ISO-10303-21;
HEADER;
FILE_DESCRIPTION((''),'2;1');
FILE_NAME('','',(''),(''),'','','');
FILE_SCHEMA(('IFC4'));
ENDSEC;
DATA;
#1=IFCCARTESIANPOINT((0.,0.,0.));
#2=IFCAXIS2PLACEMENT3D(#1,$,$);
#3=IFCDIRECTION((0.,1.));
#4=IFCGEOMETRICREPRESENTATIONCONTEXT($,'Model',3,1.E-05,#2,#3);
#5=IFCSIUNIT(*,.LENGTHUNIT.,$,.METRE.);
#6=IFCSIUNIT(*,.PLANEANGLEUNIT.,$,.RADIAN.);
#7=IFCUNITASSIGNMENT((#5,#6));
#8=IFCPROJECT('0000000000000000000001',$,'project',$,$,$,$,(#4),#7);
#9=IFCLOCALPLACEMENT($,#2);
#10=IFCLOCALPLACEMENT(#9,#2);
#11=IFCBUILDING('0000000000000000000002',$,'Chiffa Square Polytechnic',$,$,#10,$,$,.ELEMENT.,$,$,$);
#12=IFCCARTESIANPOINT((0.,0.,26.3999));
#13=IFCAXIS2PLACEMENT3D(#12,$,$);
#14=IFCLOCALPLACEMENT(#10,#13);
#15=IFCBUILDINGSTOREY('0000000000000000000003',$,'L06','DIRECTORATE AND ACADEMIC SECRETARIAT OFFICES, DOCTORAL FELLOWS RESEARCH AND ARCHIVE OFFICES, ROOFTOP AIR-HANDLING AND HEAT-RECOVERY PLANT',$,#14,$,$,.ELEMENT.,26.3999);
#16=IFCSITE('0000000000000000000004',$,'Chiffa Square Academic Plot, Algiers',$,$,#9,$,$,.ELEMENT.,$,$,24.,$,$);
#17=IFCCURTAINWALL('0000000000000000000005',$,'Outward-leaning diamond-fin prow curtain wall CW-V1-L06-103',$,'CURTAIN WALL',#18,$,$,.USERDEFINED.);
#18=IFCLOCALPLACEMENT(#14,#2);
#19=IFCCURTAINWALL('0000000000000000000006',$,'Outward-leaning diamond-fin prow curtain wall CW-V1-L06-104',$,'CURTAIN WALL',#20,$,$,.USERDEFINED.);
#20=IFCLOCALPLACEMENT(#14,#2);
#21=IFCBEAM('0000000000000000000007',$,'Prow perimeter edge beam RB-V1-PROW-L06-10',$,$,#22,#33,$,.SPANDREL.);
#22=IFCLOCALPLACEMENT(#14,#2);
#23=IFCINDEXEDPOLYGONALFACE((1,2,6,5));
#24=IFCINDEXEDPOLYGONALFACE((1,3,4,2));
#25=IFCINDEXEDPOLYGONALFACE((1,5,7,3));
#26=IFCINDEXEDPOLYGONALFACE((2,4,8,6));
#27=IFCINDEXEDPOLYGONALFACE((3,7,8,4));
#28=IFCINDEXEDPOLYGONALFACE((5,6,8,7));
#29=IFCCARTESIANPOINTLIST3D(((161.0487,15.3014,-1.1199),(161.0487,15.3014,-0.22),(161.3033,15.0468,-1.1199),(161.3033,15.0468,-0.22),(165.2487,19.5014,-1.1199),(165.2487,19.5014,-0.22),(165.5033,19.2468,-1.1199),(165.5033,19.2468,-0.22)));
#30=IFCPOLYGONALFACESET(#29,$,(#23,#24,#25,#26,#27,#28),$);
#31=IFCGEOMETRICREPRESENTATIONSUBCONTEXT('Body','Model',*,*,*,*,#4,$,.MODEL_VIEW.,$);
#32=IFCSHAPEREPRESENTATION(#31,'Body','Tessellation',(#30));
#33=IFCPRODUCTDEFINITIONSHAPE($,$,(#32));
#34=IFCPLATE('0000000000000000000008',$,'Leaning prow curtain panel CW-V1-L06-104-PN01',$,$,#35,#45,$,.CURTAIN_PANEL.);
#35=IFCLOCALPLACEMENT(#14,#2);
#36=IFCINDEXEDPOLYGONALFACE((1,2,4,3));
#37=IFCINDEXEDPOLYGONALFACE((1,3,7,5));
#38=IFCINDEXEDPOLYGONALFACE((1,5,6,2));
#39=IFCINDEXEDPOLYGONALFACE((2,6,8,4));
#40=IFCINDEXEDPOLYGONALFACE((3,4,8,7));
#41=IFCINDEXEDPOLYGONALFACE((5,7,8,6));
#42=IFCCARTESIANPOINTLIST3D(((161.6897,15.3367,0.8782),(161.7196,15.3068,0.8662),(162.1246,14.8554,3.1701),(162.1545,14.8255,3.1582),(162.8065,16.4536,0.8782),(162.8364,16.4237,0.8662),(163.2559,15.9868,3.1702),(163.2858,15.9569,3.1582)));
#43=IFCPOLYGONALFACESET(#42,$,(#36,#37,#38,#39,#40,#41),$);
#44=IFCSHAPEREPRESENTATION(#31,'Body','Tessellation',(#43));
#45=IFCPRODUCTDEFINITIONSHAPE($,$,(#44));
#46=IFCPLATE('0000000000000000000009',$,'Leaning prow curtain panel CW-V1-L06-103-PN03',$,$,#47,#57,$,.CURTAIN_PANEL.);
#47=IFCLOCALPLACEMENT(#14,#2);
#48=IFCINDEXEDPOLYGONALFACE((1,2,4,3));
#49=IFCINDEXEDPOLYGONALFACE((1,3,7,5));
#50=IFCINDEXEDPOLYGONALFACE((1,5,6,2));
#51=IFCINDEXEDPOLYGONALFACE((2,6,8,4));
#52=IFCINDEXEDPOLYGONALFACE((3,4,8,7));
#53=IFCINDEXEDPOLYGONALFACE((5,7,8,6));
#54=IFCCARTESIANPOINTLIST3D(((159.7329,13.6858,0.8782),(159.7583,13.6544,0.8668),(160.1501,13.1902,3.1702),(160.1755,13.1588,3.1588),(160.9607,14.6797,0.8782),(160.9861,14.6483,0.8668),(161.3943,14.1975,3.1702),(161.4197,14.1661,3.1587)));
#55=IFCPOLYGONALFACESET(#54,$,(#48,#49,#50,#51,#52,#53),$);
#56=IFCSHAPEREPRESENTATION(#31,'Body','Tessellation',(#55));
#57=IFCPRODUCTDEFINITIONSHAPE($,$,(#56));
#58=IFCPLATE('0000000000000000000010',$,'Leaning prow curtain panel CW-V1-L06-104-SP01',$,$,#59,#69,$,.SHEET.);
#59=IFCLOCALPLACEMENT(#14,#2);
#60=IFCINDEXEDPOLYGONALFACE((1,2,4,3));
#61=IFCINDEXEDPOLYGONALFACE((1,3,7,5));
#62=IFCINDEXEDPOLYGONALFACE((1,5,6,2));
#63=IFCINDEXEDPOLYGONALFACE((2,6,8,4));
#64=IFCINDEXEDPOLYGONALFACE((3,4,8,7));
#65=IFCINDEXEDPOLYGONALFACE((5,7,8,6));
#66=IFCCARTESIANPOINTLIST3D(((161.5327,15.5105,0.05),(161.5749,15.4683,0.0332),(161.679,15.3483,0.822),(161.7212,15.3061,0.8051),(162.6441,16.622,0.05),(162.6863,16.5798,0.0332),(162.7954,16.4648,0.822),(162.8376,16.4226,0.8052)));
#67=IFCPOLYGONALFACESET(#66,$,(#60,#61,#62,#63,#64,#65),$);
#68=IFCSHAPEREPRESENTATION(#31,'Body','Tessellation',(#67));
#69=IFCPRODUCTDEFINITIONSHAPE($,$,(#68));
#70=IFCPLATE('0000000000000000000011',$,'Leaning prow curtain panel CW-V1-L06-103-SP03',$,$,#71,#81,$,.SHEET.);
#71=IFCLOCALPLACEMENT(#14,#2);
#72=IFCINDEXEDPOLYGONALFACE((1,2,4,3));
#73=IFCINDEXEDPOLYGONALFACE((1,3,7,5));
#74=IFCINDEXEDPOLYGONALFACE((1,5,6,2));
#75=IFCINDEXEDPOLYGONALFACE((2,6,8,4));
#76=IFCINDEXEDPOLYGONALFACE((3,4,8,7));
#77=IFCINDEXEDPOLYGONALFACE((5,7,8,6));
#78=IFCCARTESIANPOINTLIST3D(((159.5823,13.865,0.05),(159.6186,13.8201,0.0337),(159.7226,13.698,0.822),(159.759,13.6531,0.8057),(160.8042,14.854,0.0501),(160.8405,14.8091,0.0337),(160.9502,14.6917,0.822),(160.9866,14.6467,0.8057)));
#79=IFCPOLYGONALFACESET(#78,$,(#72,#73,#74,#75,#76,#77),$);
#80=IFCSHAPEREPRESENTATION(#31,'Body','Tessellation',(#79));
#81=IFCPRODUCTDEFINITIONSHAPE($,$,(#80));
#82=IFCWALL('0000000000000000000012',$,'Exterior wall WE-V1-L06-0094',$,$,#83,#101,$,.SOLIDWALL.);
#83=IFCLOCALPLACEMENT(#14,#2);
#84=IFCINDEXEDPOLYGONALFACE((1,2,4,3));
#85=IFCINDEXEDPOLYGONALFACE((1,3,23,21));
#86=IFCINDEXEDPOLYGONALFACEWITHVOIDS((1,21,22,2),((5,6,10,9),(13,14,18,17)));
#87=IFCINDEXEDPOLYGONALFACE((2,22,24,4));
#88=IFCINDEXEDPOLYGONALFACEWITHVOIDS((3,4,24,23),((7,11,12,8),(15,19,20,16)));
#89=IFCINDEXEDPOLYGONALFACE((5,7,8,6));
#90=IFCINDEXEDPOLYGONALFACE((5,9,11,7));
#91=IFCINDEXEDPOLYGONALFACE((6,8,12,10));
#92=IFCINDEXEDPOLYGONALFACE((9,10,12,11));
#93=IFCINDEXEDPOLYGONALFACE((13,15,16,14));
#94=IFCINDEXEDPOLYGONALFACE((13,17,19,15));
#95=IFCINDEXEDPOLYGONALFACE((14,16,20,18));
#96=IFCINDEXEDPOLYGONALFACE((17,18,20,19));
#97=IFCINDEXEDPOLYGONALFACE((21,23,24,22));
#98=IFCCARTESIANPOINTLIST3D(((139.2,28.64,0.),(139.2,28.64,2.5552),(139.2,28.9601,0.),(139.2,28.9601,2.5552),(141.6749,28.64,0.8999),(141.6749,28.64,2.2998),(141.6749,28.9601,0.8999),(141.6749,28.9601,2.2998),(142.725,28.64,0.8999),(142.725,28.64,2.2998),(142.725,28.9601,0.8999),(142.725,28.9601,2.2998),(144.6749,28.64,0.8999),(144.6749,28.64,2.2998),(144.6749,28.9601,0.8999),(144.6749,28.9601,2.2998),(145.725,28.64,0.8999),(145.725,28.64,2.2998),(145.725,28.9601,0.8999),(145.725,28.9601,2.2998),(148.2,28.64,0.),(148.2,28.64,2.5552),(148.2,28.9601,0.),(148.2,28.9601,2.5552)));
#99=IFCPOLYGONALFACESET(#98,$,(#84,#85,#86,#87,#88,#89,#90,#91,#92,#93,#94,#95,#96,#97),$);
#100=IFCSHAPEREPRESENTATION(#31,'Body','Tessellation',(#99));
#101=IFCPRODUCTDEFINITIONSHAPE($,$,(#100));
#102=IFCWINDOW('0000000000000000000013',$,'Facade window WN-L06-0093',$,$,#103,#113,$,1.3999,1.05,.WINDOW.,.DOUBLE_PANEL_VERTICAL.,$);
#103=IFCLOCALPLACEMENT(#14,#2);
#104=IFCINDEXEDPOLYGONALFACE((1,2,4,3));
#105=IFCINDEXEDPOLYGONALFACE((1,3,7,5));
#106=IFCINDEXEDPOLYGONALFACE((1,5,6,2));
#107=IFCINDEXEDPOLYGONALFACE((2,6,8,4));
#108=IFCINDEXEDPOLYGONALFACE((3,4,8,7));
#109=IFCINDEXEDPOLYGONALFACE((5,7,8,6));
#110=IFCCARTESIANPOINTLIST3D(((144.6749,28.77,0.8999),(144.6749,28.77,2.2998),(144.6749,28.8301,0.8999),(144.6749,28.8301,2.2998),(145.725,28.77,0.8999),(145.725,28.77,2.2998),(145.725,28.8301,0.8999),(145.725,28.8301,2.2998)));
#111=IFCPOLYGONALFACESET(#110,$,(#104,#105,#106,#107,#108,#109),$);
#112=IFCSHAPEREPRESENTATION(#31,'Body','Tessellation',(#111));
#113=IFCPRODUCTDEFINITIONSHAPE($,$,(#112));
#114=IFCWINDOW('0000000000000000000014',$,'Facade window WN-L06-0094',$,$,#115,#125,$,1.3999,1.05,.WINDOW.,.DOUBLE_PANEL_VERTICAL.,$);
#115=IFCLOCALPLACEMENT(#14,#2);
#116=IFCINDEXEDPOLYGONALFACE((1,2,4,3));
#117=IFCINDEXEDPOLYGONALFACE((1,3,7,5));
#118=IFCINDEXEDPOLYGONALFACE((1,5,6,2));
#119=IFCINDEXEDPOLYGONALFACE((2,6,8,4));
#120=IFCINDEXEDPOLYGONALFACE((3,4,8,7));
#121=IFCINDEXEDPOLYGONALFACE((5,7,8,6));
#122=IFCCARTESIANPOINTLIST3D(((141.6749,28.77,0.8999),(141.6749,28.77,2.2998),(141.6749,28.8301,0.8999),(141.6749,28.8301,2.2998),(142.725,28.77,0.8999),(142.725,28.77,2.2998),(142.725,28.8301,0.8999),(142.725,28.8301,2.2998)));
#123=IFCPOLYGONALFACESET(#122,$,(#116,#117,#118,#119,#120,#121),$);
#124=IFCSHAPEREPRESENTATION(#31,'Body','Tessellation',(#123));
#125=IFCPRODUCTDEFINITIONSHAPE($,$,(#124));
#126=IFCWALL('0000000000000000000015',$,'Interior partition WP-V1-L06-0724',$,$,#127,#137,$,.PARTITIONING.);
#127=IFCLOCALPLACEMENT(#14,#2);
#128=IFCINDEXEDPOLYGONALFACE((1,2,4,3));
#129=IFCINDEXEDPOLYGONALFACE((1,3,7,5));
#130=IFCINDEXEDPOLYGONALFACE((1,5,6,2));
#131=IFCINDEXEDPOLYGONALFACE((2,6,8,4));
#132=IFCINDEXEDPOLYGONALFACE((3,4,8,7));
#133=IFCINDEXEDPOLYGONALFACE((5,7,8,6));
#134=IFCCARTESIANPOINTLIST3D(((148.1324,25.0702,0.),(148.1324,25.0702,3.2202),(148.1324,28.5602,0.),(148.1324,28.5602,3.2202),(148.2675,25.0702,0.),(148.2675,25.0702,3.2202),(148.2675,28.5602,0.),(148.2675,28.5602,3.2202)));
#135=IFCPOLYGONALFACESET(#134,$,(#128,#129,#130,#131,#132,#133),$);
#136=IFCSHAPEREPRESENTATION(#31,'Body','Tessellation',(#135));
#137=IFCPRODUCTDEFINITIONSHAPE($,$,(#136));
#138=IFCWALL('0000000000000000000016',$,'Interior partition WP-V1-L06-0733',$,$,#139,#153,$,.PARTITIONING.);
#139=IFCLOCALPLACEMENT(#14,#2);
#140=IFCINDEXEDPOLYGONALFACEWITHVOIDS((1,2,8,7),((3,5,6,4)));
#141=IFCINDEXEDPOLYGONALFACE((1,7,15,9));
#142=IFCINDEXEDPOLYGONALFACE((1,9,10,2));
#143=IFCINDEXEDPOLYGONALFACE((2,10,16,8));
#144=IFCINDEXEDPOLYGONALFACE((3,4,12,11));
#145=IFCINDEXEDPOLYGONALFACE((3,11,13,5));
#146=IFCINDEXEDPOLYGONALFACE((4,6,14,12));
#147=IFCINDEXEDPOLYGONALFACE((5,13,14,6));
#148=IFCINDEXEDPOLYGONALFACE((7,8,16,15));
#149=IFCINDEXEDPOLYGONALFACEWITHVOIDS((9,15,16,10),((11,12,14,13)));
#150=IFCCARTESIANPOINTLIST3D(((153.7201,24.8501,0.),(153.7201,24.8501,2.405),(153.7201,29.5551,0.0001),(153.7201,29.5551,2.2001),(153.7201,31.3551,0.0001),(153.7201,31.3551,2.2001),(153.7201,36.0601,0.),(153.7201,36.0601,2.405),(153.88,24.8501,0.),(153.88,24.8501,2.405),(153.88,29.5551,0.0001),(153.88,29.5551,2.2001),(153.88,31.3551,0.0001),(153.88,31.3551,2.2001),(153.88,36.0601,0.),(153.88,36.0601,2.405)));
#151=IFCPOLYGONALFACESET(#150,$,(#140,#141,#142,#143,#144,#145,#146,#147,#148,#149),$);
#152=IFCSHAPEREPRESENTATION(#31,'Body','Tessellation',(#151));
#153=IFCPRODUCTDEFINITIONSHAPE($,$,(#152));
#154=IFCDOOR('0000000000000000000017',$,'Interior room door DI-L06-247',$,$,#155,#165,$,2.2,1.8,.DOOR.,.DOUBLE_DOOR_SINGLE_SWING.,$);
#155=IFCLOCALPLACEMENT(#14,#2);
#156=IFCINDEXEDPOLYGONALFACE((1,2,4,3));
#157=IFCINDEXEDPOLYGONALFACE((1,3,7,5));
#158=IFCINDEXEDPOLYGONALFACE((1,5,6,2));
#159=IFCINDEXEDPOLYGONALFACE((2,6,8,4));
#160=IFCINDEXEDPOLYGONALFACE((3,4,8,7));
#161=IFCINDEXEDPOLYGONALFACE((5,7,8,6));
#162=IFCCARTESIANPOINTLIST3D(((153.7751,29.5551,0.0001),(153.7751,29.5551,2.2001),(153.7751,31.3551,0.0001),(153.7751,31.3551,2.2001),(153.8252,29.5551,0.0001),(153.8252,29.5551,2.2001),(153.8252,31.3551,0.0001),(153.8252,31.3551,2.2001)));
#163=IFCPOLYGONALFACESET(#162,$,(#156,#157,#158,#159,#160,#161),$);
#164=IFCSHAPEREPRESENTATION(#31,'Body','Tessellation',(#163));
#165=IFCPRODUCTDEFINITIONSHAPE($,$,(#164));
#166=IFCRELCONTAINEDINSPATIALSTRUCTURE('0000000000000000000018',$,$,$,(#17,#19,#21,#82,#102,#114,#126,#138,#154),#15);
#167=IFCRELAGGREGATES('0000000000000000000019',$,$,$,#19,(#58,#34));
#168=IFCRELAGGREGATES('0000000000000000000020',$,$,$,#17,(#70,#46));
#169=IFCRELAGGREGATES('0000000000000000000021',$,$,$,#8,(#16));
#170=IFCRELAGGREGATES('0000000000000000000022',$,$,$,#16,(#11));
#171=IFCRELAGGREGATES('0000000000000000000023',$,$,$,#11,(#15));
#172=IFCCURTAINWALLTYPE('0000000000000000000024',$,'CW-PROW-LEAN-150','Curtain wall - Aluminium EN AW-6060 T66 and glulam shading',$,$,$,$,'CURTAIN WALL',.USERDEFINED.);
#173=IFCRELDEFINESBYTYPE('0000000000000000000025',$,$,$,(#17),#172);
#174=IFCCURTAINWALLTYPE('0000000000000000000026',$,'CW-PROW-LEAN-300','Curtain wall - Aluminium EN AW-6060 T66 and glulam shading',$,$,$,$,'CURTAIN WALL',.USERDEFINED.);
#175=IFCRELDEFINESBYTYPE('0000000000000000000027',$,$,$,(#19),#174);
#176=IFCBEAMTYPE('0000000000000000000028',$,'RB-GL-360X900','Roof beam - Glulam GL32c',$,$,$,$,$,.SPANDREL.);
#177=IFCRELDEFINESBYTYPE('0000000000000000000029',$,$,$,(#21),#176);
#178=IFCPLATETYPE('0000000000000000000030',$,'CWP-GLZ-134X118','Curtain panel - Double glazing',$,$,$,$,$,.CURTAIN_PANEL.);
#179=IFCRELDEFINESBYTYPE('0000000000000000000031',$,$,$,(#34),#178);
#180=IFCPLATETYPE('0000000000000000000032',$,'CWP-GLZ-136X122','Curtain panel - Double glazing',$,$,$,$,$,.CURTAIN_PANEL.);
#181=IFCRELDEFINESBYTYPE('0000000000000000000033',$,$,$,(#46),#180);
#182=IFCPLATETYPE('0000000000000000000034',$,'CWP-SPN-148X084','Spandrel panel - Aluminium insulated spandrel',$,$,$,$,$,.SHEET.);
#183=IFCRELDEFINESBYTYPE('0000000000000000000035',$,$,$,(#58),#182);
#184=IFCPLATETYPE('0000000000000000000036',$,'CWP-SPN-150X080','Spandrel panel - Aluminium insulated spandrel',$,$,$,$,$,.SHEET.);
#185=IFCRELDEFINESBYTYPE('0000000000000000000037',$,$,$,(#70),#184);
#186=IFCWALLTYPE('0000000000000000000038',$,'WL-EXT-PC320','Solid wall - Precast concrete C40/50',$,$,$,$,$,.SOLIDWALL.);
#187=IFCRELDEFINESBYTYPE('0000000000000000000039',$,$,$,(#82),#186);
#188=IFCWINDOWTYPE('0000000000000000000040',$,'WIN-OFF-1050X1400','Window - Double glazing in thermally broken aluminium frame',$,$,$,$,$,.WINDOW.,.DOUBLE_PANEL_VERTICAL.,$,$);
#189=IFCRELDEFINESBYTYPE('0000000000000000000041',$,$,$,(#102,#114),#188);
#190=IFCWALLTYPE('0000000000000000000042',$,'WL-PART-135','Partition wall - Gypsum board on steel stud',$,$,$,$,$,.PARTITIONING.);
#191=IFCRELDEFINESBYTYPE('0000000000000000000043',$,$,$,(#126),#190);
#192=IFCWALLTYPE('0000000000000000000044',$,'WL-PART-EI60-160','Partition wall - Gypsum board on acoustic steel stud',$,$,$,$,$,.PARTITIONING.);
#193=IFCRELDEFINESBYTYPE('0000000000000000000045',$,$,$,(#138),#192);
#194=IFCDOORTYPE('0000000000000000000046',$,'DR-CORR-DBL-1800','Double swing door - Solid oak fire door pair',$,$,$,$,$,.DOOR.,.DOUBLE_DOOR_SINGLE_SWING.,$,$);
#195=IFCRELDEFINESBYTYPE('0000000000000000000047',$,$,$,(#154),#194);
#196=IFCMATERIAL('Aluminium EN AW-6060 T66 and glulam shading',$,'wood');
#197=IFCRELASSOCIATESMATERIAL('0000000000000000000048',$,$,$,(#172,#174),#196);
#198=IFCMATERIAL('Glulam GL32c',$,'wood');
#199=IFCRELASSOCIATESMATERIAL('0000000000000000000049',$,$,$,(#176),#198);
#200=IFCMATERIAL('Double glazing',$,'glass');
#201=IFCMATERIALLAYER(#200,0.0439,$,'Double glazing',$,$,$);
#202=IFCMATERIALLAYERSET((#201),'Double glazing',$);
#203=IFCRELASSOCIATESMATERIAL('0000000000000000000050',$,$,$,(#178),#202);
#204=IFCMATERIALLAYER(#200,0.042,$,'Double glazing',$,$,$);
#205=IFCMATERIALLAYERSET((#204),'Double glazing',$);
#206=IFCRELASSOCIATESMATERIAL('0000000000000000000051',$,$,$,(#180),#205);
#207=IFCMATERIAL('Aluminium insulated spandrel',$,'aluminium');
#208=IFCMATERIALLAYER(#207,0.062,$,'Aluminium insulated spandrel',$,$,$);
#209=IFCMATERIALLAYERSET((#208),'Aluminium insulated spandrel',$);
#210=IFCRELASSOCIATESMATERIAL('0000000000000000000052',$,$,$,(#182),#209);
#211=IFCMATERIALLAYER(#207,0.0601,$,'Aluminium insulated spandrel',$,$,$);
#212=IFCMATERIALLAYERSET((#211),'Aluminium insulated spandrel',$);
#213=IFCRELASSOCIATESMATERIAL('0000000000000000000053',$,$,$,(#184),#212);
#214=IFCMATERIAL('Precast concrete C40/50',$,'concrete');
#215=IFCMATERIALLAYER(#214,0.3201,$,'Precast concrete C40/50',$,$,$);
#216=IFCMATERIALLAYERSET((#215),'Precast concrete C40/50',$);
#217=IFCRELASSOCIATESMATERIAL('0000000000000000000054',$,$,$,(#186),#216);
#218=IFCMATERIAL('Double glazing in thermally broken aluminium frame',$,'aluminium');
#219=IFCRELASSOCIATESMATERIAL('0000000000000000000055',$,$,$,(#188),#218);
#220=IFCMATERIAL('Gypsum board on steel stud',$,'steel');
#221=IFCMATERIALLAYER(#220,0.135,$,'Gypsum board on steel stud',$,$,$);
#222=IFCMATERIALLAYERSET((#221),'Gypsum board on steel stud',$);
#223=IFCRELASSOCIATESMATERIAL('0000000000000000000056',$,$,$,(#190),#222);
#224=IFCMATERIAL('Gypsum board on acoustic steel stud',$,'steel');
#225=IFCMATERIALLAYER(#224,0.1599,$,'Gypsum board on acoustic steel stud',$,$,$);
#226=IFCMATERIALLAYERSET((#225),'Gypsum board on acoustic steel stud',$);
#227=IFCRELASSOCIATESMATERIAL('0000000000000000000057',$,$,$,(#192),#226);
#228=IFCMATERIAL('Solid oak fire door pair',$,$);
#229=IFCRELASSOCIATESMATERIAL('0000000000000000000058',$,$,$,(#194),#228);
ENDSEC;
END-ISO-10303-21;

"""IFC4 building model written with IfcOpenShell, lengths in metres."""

from ifc_helpers import new_model, si_unit, direction, frame, frame_2d, origin, origin_2d, place, context, subcontext, project, spatial, polyline, rectangle, outline, extrude, material, layer, layer_set, material_profile, profile_set, type_object, element, fill, aggregate, save


model = new_model("IFC4")

# Units and contexts
model_context = context("Model", 3, precision=1e-05, world=origin(), true_north=direction((0.0, 1.0)))
body_context = subcontext(model_context, "Body", "Model", "MODEL_VIEW")
ifc_project = project(units=[si_unit("LENGTHUNIT", "METRE"), si_unit("PLANEANGLEUNIT", "RADIAN")], contexts=[model_context])

# Site, building, storey
site_placement = place(None, origin())
site = spatial("IfcSite", under=ifc_project, at=site_placement, Name="Chiffa Square Academic Plot, Algiers", CompositionType="ELEMENT", RefElevation=24.0)
building_placement = place(site_placement, origin())
building = spatial("IfcBuilding", under=site, at=building_placement, Name="Chiffa Square Polytechnic", CompositionType="ELEMENT")
storey_placement = place(building_placement, frame((0.0, 0.0, 26.3999)))
storey = spatial("IfcBuildingStorey", under=building, at=storey_placement, Name="L06", Description="DIRECTORATE AND ACADEMIC SECRETARIAT OFFICES, DOCTORAL FELLOWS RESEARCH AND ARCHIVE OFFICES, ROOFTOP AIR-HANDLING AND HEAT-RECOVERY PLANT", CompositionType="ELEMENT", Elevation=26.3999)

# Shared definitions
ifc_material_1 = material(Name="Glulam GL32c", Category="wood")

# Curtain wall
ifc_material_2 = material(Name="Aluminium EN AW-6060 T66 and glulam shading", Category="wood")
curtain_wall_type_1 = type_object("IfcCurtainWallType", Name="CW-PROW-LEAN-150", Description="Curtain wall - Aluminium EN AW-6060 T66 and glulam shading", ElementType="CURTAIN WALL", PredefinedType="USERDEFINED", material=ifc_material_2)
curtain_wall_1_placement = place(storey_placement, origin())
curtain_wall_1 = element("IfcCurtainWall", 1, at=curtain_wall_1_placement, inside=storey, type_object=curtain_wall_type_1, Name="Outward-leaning diamond-fin prow curtain wall CW-V1-L06-103", ObjectType="CURTAIN WALL", PredefinedType="USERDEFINED")

# Curtain wall
curtain_wall_type_2 = type_object("IfcCurtainWallType", Name="CW-PROW-LEAN-300", Description="Curtain wall - Aluminium EN AW-6060 T66 and glulam shading", ElementType="CURTAIN WALL", PredefinedType="USERDEFINED", material=ifc_material_2)
curtain_wall_2_placement = place(storey_placement, origin())
curtain_wall_2 = element("IfcCurtainWall", 2, at=curtain_wall_2_placement, inside=storey, type_object=curtain_wall_type_2, Name="Outward-leaning diamond-fin prow curtain wall CW-V1-L06-104", ObjectType="CURTAIN WALL", PredefinedType="USERDEFINED")

# Beam
ifc_material_profile_1 = material_profile(ifc_material_1, rectangle(XDim=0.3601, YDim=0.8999, at=origin_2d()), Name="GL32c 360x900")
ifc_profile_set_1 = profile_set([ifc_material_profile_1], Name="Glulam GL32c")
beam_type_1 = type_object("IfcBeamType", Name="RB-GL-360X900", Description="Roof beam - Glulam GL32c", PredefinedType="SPANDREL", material=ifc_profile_set_1)
beam_1_placement = place(storey_placement, frame((161.176, 15.1741, -0.6699), z_axis=(0.707107, 0.707107, 0.0), x_axis=(-0.707107, 0.707107, 0.0)))
element("IfcBeam", 3, at=beam_1_placement, inside=storey, type_object=beam_type_1, Name="Prow perimeter edge beam RB-V1-PROW-L06-10", PredefinedType="SPANDREL", context=body_context, shape_type="SweptSolid", body=[
    extrude(rectangle(XDim=0.3601, YDim=0.8999, at=origin_2d()), origin(), (0.0, 0.0, 1.0), 5.9397),
])

# Plates
ifc_material_3 = material(Name="Double glazing", Category="glass")
ifc_layer_1 = layer(ifc_material_3, 0.0439, Name="Double glazing")
ifc_layer_set_1 = layer_set([ifc_layer_1], Name="Double glazing")
plate_type_1 = type_object("IfcPlateType", Name="CWP-GLZ-134X118", Description="Curtain panel - Double glazing", PredefinedType="CURTAIN_PANEL", material=ifc_layer_set_1)
plate_1_placement = place(storey_placement, frame((161.6897, 15.3367, 0.8782), z_axis=(-0.680487, 0.680413, 0.271984), x_axis=(0.707066, 0.707148, -0.000014)))
plate_1 = element("IfcPlate", 4, at=plate_1_placement, type_object=plate_type_1, Name="Leaning prow curtain panel CW-V1-L06-104-PN01", PredefinedType="CURTAIN_PANEL", context=body_context, shape_type="SweptSolid", body=[
    extrude(outline(polyline([(0.0, 0.0), (1.5794, 0.0), (1.5671, -2.3818), (-0.0329, -2.3818), (0.0, 0.0)])), origin(), (0.0, 0.0, -1.0), 0.0439),
])
ifc_layer_2 = layer(ifc_material_3, 0.042, Name="Double glazing")
ifc_layer_set_2 = layer_set([ifc_layer_2], Name="Double glazing")
plate_type_2 = type_object("IfcPlateType", Name="CWP-GLZ-136X122", Description="Curtain panel - Double glazing", PredefinedType="CURTAIN_PANEL", material=ifc_layer_set_2)
plate_2_placement = place(storey_placement, frame((159.7329, 13.6858, 0.8782), z_axis=(-0.605514, 0.747936, 0.271927), x_axis=(0.777226, 0.629222, 0.000012)))
plate_2 = element("IfcPlate", 5, at=plate_2_placement, type_object=plate_type_2, Name="Leaning prow curtain panel CW-V1-L06-103-PN03", PredefinedType="CURTAIN_PANEL", context=body_context, shape_type="SweptSolid", body=[
    extrude(outline(polyline([(0.0, 0.0), (1.5796, 0.0), (1.6133, -2.3817), (0.0125, -2.3818), (0.0, 0.0)])), origin(), (0.0, 0.0, -1.0), 0.042),
])
ifc_material_4 = material(Name="Aluminium insulated spandrel", Category="aluminium")
ifc_layer_3 = layer(ifc_material_4, 0.062, Name="Aluminium insulated spandrel")
ifc_layer_set_3 = layer_set([ifc_layer_3], Name="Aluminium insulated spandrel")
plate_type_3 = type_object("IfcPlateType", Name="CWP-SPN-148X084", Description="Spandrel panel - Aluminium insulated spandrel", PredefinedType="SHEET", material=ifc_layer_set_3)
plate_3_placement = place(storey_placement, frame((161.5327, 15.5105, 0.05), z_axis=(-0.680503, 0.680428, 0.271906), x_axis=(0.707065, 0.707148, -0.000014)))
plate_3 = element("IfcPlate", 6, at=plate_3_placement, type_object=plate_type_3, Name="Leaning prow curtain panel CW-V1-L06-104-SP01", PredefinedType="SHEET", context=body_context, shape_type="SweptSolid", body=[
    extrude(outline(polyline([(0.0, 0.0), (1.5718, 0.0), (1.5677, -0.8022), (-0.0112, -0.8022), (0.0, 0.0)])), origin(), (0.0, 0.0, -1.0), 0.062),
])
aggregate(curtain_wall_2, [plate_3, plate_1])
ifc_layer_4 = layer(ifc_material_4, 0.0601, Name="Aluminium insulated spandrel")
ifc_layer_set_4 = layer_set([ifc_layer_4], Name="Aluminium insulated spandrel")
plate_type_4 = type_object("IfcPlateType", Name="CWP-SPN-150X080", Description="Spandrel panel - Aluminium insulated spandrel", PredefinedType="SHEET", material=ifc_layer_set_4)
plate_4_placement = place(storey_placement, frame((159.5823, 13.865, 0.05), z_axis=(-0.605457, 0.748005, 0.271863), x_axis=(0.777282, 0.629152, 0.000006)))
plate_4 = element("IfcPlate", 7, at=plate_4_placement, type_object=plate_type_4, Name="Leaning prow curtain panel CW-V1-L06-103-SP03", PredefinedType="SHEET", context=body_context, shape_type="SweptSolid", body=[
    extrude(outline(polyline([(0.0, 0.0), (1.572, 0.0), (1.5834, -0.8022), (0.0041, -0.8022), (0.0, 0.0)])), origin(), (0.0, 0.0, -1.0), 0.0601),
])
aggregate(curtain_wall_1, [plate_4, plate_2])

# Wall, openings, windows
ifc_material_5 = material(Name="Precast concrete C40/50", Category="concrete")
ifc_layer_5 = layer(ifc_material_5, 0.3201, Name="Precast concrete C40/50")
ifc_layer_set_5 = layer_set([ifc_layer_5], Name="Precast concrete C40/50")
wall_type_1 = type_object("IfcWallType", Name="WL-EXT-PC320", Description="Solid wall - Precast concrete C40/50", PredefinedType="SOLIDWALL", material=ifc_layer_set_5)
wall_1_placement = place(storey_placement, frame((148.2, 28.8, 0.0), z_axis=(0.0, 0.0, 1.0), x_axis=(-1.0, 0.0, 0.0)))
wall_1 = element("IfcWall", 8, at=wall_1_placement, inside=storey, type_object=wall_type_1, Name="Exterior wall WE-V1-L06-0094", PredefinedType="SOLIDWALL", context=body_context, shape_type="SweptSolid", body=[
    extrude(rectangle(XDim=9.0, YDim=0.3201, at=frame_2d((4.5, 0.0))), origin(), (0.0, 0.0, 1.0), 2.5552),
])
opening_1_placement = place(wall_1_placement, frame((2.4751, 0.0, 0.8999)))
opening_1 = element("IfcOpeningElement", 9, at=opening_1_placement, cuts=wall_1, PredefinedType="OPENING", context=body_context, shape_type="SweptSolid", body=[
    extrude(rectangle(XDim=1.05, YDim=1.3999, at=frame_2d((0.5249, 0.7))), frame((0.0, 0.1699, 0.0), z_axis=(0.0, -1.0, 0.0), x_axis=(1.0, 0.0, 0.0)), (0.0, 0.0, 1.0), 0.3401),
])
opening_2_placement = place(wall_1_placement, frame((5.4751, 0.0, 0.8999)))
opening_2 = element("IfcOpeningElement", 10, at=opening_2_placement, cuts=wall_1, PredefinedType="OPENING", context=body_context, shape_type="SweptSolid", body=[
    extrude(rectangle(XDim=1.05, YDim=1.3999, at=frame_2d((0.5249, 0.7))), frame((0.0, 0.1699, 0.0), z_axis=(0.0, -1.0, 0.0), x_axis=(1.0, 0.0, 0.0)), (0.0, 0.0, 1.0), 0.3401),
])
ifc_material_6 = material(Name="Double glazing in thermally broken aluminium frame", Category="aluminium")
window_type = type_object("IfcWindowType", Name="WIN-OFF-1050X1400", Description="Window - Double glazing in thermally broken aluminium frame", PartitioningType="DOUBLE_PANEL_VERTICAL", PredefinedType="WINDOW", material=ifc_material_6)
window_1_placement = place(opening_1_placement, origin())
window_1 = element("IfcWindow", 11, at=window_1_placement, inside=storey, type_object=window_type, Name="Facade window WN-L06-0093", OverallHeight=1.3999, OverallWidth=1.05, PartitioningType="DOUBLE_PANEL_VERTICAL", PredefinedType="WINDOW", context=body_context, shape_type="SweptSolid", body=[
    extrude(rectangle(XDim=1.05, YDim=1.3999, at=frame_2d((0.5249, 0.7))), frame((0.0, 0.03, 0.0), z_axis=(0.0, -1.0, 0.0), x_axis=(1.0, 0.0, 0.0)), (0.0, 0.0, 1.0), 0.0601),
])
fill(opening_1, window_1)
window_2_placement = place(opening_2_placement, origin())
window_2 = element("IfcWindow", 12, at=window_2_placement, inside=storey, type_object=window_type, Name="Facade window WN-L06-0094", OverallHeight=1.3999, OverallWidth=1.05, PartitioningType="DOUBLE_PANEL_VERTICAL", PredefinedType="WINDOW", context=body_context, shape_type="SweptSolid", body=[
    extrude(rectangle(XDim=1.05, YDim=1.3999, at=frame_2d((0.5249, 0.7))), frame((0.0, 0.03, 0.0), z_axis=(0.0, -1.0, 0.0), x_axis=(1.0, 0.0, 0.0)), (0.0, 0.0, 1.0), 0.0601),
])
fill(opening_2, window_2)

# Wall
ifc_material_7 = material(Name="Gypsum board on steel stud", Category="steel")
ifc_layer_6 = layer(ifc_material_7, 0.135, Name="Gypsum board on steel stud")
ifc_layer_set_6 = layer_set([ifc_layer_6], Name="Gypsum board on steel stud")
wall_type_2 = type_object("IfcWallType", Name="WL-PART-135", Description="Partition wall - Gypsum board on steel stud", PredefinedType="PARTITIONING", material=ifc_layer_set_6)
wall_2_placement = place(storey_placement, frame((148.2, 25.0701, 0.0), z_axis=(0.0, 0.0, 1.0), x_axis=(0.0, 1.0, 0.0)))
element("IfcWall", 13, at=wall_2_placement, inside=storey, type_object=wall_type_2, Name="Interior partition WP-V1-L06-0724", PredefinedType="PARTITIONING", context=body_context, shape_type="SweptSolid", body=[
    extrude(rectangle(XDim=3.49, YDim=0.135, at=frame_2d((1.7451, 0.0))), origin(), (0.0, 0.0, 1.0), 3.2202),
])

# Wall, opening, door
ifc_material_8 = material(Name="Gypsum board on acoustic steel stud", Category="steel")
ifc_layer_7 = layer(ifc_material_8, 0.1599, Name="Gypsum board on acoustic steel stud")
ifc_layer_set_7 = layer_set([ifc_layer_7], Name="Gypsum board on acoustic steel stud")
wall_type_3 = type_object("IfcWallType", Name="WL-PART-EI60-160", Description="Partition wall - Gypsum board on acoustic steel stud", PredefinedType="PARTITIONING", material=ifc_layer_set_7)
wall_3_placement = place(storey_placement, frame((153.8, 24.8501, 0.0), z_axis=(0.0, 0.0, 1.0), x_axis=(0.0, 1.0, 0.0)))
wall_3 = element("IfcWall", 14, at=wall_3_placement, inside=storey, type_object=wall_type_3, Name="Interior partition WP-V1-L06-0733", PredefinedType="PARTITIONING", context=body_context, shape_type="SweptSolid", body=[
    extrude(rectangle(XDim=11.21, YDim=0.1599, at=frame_2d((5.605, 0.0))), origin(), (0.0, 0.0, 1.0), 2.405),
])
opening_3_placement = place(wall_3_placement, frame((4.7051, 0.0, 0.0)))
opening_3 = element("IfcOpeningElement", 15, at=opening_3_placement, cuts=wall_3, PredefinedType="OPENING", context=body_context, shape_type="SweptSolid", body=[
    extrude(rectangle(XDim=1.8, YDim=2.2, at=frame_2d((0.8999, 1.1001))), frame((0.0, 0.0898, 0.0), z_axis=(0.0, -1.0, 0.0), x_axis=(1.0, 0.0, 0.0)), (0.0, 0.0, 1.0), 0.1799),
])
ifc_material_9 = material(Name="Solid oak fire door pair")
door_type = type_object("IfcDoorType", Name="DR-CORR-DBL-1800", Description="Double swing door - Solid oak fire door pair", OperationType="DOUBLE_DOOR_SINGLE_SWING", PredefinedType="DOOR", material=ifc_material_9)
door_placement = place(opening_3_placement, origin())
door = element("IfcDoor", 16, at=door_placement, inside=storey, type_object=door_type, Name="Interior room door DI-L06-247", OperationType="DOUBLE_DOOR_SINGLE_SWING", OverallHeight=2.2, OverallWidth=1.8, PredefinedType="DOOR", context=body_context, shape_type="SweptSolid", body=[
    extrude(rectangle(XDim=1.8, YDim=2.2, at=frame_2d((0.8999, 1.1001))), frame((0.0, 0.0249, 0.0), z_axis=(0.0, -1.0, 0.0), x_axis=(1.0, 0.0, 0.0)), (0.0, 0.0, 1.0), 0.05),
])
fill(opening_3, door)

save(model, "model.ifc")
